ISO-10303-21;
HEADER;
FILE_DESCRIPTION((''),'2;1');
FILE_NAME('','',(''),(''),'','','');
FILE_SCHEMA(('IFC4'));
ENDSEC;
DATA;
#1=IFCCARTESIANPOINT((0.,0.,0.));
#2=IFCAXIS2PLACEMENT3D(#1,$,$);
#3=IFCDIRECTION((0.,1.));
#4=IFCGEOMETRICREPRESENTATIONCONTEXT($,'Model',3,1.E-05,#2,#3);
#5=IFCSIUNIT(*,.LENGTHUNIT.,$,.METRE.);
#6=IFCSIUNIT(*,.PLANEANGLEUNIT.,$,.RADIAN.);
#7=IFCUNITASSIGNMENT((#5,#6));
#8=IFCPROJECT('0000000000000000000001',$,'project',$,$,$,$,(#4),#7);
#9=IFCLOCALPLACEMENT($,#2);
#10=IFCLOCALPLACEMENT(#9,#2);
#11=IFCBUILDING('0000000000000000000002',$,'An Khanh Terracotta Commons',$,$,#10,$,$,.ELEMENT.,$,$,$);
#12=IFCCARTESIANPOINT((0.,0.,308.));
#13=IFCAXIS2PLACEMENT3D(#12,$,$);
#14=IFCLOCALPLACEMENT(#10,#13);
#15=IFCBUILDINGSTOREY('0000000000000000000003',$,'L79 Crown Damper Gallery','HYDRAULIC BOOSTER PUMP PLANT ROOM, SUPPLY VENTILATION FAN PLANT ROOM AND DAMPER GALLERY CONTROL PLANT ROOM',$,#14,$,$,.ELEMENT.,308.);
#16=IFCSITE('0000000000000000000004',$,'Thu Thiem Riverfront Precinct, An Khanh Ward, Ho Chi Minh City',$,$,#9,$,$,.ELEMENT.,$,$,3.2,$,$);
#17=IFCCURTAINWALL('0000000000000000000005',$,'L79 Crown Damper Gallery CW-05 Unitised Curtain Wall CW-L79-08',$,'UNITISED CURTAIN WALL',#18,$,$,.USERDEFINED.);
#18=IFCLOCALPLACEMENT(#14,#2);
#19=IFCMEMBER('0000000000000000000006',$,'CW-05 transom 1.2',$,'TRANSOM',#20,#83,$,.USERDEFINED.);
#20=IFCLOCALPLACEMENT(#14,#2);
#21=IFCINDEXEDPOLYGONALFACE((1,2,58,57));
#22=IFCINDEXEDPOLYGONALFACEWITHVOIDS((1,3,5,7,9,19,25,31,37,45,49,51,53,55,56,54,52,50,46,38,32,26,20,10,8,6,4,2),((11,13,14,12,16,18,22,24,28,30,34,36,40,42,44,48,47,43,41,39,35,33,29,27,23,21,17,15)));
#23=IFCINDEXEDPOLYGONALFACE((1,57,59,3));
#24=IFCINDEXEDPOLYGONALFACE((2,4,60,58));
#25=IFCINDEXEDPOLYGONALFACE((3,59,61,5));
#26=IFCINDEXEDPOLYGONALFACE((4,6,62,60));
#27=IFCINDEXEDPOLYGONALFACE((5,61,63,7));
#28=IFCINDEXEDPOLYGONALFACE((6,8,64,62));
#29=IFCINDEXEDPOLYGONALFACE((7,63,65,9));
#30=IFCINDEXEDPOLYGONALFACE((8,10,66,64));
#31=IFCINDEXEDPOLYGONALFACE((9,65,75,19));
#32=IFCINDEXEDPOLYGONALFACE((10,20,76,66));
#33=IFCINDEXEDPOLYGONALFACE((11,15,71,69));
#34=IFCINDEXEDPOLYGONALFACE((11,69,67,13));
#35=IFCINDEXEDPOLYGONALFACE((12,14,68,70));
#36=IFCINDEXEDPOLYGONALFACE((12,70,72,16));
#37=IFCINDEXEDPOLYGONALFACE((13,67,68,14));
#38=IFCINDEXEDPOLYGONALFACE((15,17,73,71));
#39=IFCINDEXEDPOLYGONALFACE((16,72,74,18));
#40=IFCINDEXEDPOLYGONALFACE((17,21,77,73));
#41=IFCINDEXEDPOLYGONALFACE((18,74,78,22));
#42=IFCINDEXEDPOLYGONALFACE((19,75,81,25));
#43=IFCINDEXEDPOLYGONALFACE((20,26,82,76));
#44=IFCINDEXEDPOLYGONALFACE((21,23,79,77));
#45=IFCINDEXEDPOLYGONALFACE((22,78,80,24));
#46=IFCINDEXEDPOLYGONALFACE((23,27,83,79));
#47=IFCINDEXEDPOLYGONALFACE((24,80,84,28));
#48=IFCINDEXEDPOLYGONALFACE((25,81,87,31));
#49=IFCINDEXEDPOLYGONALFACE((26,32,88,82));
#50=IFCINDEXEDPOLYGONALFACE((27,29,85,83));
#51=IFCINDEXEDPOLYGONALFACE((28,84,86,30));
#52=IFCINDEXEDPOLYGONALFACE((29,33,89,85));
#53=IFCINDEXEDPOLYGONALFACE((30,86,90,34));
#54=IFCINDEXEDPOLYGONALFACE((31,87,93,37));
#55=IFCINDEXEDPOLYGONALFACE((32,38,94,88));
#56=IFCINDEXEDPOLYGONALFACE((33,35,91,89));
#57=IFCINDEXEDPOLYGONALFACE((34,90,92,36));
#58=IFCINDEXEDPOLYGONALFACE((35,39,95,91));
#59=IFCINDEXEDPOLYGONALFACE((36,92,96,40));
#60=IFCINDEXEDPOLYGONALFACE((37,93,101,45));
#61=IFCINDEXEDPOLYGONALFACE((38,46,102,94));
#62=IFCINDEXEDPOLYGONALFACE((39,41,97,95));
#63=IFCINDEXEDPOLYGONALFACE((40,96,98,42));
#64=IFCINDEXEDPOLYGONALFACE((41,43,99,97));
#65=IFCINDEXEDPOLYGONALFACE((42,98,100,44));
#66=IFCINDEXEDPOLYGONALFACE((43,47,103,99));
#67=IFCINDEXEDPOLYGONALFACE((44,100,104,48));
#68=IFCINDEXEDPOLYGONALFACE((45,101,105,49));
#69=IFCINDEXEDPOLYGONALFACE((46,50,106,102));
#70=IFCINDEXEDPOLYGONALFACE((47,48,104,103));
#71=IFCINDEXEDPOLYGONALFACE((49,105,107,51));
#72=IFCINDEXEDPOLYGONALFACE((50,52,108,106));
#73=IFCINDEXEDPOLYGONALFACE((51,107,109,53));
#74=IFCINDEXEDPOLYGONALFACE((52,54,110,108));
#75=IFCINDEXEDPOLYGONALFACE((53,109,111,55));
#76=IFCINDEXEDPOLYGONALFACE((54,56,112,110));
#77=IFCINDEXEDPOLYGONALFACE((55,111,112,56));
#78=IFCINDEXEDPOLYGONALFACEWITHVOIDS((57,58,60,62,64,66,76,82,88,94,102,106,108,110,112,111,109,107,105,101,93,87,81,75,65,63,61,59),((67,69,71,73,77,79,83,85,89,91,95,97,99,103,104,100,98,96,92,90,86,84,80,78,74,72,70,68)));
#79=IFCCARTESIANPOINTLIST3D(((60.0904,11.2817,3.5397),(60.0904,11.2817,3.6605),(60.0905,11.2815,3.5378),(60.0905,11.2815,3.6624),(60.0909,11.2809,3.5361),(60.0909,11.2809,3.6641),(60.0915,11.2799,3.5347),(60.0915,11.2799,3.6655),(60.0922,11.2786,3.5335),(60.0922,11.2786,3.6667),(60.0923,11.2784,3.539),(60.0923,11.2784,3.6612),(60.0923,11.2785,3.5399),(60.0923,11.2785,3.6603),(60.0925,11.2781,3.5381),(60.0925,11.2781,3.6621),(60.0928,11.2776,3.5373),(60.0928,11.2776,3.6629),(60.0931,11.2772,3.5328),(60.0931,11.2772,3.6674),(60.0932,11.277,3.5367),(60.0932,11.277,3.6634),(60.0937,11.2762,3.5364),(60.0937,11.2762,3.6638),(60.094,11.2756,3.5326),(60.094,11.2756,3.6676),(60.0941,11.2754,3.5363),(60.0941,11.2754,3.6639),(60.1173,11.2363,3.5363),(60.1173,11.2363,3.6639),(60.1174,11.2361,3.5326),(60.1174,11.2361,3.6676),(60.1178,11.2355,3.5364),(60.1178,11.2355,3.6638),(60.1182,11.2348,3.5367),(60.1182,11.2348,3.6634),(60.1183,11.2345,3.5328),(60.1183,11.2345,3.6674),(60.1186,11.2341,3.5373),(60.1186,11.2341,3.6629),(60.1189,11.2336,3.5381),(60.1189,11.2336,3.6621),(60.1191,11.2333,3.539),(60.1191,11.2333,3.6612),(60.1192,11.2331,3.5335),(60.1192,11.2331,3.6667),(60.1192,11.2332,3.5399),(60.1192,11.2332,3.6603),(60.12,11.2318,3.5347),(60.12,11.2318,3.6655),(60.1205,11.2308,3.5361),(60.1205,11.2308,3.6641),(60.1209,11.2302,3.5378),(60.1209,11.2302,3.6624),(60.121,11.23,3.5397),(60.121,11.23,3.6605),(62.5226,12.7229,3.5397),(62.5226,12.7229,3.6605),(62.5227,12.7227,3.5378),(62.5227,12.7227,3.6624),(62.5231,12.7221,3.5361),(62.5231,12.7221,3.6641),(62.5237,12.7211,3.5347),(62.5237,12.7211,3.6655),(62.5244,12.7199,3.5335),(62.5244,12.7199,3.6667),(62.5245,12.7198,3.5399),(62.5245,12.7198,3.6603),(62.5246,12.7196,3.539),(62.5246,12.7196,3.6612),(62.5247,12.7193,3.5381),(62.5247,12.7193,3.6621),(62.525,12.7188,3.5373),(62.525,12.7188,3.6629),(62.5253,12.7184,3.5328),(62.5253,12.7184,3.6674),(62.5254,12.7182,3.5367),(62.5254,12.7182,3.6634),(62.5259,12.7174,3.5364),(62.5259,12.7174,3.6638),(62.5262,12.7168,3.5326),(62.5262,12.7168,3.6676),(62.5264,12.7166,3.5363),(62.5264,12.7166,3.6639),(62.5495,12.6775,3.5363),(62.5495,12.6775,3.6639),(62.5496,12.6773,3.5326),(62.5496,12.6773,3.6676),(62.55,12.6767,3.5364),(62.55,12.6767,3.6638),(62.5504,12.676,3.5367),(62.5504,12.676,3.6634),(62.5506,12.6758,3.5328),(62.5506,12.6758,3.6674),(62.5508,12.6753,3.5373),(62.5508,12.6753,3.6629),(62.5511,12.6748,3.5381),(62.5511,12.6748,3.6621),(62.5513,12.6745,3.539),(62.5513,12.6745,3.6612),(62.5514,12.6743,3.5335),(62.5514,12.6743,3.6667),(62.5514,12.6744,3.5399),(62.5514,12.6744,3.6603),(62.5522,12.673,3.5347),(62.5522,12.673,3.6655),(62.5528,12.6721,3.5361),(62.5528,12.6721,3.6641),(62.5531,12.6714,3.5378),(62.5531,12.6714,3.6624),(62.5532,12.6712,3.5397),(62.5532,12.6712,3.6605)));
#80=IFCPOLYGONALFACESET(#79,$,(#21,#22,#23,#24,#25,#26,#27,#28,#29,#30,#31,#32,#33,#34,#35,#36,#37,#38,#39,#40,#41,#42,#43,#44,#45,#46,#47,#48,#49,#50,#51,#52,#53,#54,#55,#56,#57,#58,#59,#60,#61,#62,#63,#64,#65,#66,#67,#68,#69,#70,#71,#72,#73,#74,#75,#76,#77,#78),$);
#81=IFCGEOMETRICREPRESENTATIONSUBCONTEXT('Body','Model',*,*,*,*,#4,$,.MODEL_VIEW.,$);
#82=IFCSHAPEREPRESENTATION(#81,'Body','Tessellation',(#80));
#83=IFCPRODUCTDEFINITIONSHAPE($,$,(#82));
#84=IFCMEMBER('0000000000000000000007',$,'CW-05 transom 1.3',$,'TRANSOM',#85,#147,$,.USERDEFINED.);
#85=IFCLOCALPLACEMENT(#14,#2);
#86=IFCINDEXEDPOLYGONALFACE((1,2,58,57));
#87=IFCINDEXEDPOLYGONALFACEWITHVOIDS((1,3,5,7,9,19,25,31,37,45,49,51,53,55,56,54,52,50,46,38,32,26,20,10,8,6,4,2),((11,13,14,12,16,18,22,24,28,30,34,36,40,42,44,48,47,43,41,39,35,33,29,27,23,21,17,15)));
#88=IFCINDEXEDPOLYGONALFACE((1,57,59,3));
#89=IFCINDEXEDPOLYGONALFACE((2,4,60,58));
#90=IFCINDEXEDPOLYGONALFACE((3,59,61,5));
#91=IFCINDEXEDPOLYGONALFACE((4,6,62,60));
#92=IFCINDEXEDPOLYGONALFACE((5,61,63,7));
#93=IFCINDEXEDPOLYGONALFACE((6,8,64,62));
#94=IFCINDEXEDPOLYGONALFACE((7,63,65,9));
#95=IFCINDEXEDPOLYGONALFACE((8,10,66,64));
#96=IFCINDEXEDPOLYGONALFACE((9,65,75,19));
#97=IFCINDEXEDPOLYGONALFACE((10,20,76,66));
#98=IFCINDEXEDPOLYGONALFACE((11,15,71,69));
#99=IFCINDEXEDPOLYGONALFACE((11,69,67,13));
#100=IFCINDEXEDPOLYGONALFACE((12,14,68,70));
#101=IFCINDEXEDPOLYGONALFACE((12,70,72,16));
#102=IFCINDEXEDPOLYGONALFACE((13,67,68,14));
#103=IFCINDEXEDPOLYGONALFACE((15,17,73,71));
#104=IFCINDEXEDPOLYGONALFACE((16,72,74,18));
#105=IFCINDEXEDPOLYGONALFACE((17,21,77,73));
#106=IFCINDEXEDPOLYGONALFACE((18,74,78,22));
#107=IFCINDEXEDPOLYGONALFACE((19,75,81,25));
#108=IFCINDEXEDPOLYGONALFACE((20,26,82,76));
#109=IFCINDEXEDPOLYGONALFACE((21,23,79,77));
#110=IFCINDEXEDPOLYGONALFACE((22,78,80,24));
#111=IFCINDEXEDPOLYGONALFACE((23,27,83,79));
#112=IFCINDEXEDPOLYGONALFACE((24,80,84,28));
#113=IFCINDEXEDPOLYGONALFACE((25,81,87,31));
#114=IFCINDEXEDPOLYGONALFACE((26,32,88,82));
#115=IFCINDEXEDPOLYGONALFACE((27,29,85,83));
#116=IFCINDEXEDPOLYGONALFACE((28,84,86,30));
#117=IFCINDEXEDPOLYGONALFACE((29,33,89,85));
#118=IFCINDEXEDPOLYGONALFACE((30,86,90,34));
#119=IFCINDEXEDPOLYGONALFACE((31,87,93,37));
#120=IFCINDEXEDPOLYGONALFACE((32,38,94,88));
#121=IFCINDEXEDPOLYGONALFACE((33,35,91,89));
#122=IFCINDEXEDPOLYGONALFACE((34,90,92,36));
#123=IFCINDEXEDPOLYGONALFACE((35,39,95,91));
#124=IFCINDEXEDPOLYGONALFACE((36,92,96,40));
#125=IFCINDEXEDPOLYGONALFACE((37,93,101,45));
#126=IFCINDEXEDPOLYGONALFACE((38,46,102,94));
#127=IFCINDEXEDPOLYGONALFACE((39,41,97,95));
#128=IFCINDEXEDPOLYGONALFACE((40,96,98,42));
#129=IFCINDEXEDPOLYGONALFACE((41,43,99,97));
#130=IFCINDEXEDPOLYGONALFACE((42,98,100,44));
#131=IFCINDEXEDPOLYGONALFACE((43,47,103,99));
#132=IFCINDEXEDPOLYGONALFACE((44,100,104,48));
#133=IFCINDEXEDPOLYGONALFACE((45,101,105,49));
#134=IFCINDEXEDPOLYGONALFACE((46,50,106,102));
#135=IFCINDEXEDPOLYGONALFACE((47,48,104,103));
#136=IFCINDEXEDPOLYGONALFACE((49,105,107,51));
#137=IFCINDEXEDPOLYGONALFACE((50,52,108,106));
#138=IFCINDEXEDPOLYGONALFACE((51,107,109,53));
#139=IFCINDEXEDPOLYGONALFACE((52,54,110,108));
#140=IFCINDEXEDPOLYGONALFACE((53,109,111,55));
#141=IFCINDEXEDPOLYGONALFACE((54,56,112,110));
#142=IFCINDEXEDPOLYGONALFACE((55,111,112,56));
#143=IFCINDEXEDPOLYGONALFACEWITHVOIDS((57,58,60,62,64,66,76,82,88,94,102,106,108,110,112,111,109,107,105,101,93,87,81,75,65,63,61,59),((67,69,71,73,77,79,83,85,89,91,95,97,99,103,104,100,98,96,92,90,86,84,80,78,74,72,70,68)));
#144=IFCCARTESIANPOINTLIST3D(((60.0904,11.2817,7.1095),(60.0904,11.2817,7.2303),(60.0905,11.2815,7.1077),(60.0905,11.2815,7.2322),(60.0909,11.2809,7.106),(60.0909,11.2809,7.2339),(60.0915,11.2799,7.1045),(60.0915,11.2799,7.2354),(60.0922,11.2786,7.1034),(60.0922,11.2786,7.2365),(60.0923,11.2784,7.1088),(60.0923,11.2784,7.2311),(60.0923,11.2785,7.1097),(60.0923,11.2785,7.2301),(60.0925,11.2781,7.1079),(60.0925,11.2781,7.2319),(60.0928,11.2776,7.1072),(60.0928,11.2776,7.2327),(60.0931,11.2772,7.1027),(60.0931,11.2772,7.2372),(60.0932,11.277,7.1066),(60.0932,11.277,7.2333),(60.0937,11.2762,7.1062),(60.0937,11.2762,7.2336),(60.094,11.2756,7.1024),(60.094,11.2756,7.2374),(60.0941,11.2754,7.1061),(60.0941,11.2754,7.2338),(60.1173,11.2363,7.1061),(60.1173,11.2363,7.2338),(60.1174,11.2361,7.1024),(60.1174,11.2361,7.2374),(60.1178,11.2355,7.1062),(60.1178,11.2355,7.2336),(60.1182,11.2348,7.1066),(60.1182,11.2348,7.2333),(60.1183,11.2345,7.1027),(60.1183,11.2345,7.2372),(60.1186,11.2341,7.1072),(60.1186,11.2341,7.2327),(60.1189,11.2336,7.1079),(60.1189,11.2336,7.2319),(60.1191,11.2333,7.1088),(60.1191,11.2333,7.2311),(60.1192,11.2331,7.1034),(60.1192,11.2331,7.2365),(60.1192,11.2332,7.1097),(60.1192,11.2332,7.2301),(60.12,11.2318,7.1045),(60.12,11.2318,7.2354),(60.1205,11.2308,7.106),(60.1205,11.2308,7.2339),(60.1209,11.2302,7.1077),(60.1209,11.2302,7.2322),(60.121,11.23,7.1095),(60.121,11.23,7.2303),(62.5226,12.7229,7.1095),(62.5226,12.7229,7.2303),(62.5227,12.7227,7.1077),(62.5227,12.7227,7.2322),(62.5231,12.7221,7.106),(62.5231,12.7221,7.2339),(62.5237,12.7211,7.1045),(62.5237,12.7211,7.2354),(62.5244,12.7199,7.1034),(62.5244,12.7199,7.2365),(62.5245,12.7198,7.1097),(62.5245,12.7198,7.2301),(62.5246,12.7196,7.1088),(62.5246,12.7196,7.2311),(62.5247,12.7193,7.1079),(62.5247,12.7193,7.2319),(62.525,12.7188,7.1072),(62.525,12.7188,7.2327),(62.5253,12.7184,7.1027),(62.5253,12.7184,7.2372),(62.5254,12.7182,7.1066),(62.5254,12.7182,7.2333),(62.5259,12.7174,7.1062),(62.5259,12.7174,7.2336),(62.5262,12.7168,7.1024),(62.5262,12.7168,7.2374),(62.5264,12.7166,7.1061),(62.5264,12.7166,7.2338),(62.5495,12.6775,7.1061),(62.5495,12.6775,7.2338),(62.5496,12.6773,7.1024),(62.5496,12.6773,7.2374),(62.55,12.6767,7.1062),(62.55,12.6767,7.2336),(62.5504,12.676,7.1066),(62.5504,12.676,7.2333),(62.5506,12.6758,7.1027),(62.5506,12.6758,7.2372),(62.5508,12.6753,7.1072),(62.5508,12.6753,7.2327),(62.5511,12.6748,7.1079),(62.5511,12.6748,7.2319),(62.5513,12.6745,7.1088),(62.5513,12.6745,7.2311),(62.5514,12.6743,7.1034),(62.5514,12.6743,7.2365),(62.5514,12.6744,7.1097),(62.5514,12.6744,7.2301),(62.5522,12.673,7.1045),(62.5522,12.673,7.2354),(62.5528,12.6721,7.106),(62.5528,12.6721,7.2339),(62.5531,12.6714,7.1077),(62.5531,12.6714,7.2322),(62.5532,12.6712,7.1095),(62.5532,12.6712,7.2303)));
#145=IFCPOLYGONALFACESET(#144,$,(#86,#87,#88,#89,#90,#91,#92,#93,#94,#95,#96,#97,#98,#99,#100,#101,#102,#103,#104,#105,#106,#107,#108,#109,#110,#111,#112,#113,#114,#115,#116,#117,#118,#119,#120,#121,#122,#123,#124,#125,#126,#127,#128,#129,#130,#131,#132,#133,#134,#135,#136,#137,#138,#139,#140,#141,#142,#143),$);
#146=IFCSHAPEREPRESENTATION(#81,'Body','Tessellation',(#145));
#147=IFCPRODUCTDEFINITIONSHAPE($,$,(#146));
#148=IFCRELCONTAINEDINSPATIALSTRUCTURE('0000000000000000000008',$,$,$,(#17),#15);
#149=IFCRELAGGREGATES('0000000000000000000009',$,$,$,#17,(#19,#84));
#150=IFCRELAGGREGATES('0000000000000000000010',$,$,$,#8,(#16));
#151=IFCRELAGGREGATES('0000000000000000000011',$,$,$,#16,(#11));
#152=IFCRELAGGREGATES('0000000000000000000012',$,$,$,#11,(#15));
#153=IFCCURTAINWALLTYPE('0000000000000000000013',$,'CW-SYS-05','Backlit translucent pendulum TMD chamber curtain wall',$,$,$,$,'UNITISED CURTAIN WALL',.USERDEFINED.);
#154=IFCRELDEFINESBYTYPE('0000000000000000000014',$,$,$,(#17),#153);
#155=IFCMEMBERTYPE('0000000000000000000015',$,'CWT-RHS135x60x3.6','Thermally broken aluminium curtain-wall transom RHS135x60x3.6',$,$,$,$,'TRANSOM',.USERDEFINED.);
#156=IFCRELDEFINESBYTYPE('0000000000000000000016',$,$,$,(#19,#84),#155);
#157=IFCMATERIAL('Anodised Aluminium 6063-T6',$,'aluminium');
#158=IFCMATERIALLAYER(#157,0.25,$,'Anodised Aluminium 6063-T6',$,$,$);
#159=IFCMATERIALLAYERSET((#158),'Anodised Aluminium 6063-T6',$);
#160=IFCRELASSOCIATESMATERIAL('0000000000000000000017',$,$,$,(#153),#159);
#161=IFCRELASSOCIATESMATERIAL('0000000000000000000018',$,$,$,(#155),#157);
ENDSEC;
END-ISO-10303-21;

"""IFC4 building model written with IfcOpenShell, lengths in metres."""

from ifc_helpers import new_model, si_unit, direction, frame, origin, origin_2d, place, context, subcontext, project, spatial, hollow_rectangle, extrude, material, layer, layer_set, material_profile, profile_set, type_object, element, aggregate, save


model = new_model("IFC4")

# Units and contexts
model_context = context("Model", 3, precision=1e-05, world=origin(), true_north=direction((0.0, 1.0)))
body_context = subcontext(model_context, "Body", "Model", "MODEL_VIEW")
ifc_project = project(units=[si_unit("LENGTHUNIT", "METRE"), si_unit("PLANEANGLEUNIT", "RADIAN")], contexts=[model_context])

# Site, building, storey
site_placement = place(None, origin())
site = spatial("IfcSite", under=ifc_project, at=site_placement, Name="Thu Thiem Riverfront Precinct, An Khanh Ward, Ho Chi Minh City", CompositionType="ELEMENT", RefElevation=3.2)
building_placement = place(site_placement, origin())
building = spatial("IfcBuilding", under=site, at=building_placement, Name="An Khanh Terracotta Commons", CompositionType="ELEMENT")
storey_placement = place(building_placement, frame((0.0, 0.0, 308.0)))
storey = spatial("IfcBuildingStorey", under=building, at=storey_placement, Name="L79 Crown Damper Gallery", Description="HYDRAULIC BOOSTER PUMP PLANT ROOM, SUPPLY VENTILATION FAN PLANT ROOM AND DAMPER GALLERY CONTROL PLANT ROOM", CompositionType="ELEMENT", Elevation=308.0)

# Curtain wall, members
ifc_material_1 = material(Name="Anodised Aluminium 6063-T6", Category="aluminium")
ifc_layer_1 = layer(ifc_material_1, 0.25, Name="Anodised Aluminium 6063-T6")
ifc_layer_set_1 = layer_set([ifc_layer_1], Name="Anodised Aluminium 6063-T6")
curtain_wall_type = type_object("IfcCurtainWallType", Name="CW-SYS-05", Description="Backlit translucent pendulum TMD chamber curtain wall", ElementType="UNITISED CURTAIN WALL", PredefinedType="USERDEFINED", material=ifc_layer_set_1)
curtain_wall_placement = place(storey_placement, origin())
curtain_wall = element("IfcCurtainWall", 1, at=curtain_wall_placement, inside=storey, type_object=curtain_wall_type, Name="L79 Crown Damper Gallery CW-05 Unitised Curtain Wall CW-L79-08", ObjectType="UNITISED CURTAIN WALL", PredefinedType="USERDEFINED")
ifc_material_profile_1 = material_profile(ifc_material_1, hollow_rectangle(XDim=0.0601, YDim=0.135, WallThickness=0.0037, InnerFilletRadius=0.0037, OuterFilletRadius=0.0071, at=origin_2d()), Name="RHS135x60x3.6")
ifc_profile_set_1 = profile_set([ifc_material_profile_1], Name="Anodised Aluminium 6063-T6")
member_type_1 = type_object("IfcMemberType", Name="CWT-RHS135x60x3.6", Description="Thermally broken aluminium curtain-wall transom RHS135x60x3.6", ElementType="TRANSOM", PredefinedType="USERDEFINED", material=ifc_profile_set_1)
member_1_placement = place(storey_placement, frame((60.1057, 11.2559, 3.6001), z_axis=(0.860307, 0.509776, 0.0), x_axis=(-0.509776, 0.860307, 0.0)))
member_1 = element("IfcMember", 2, at=member_1_placement, type_object=member_type_1, Name="CW-05 transom 1.2", ObjectType="TRANSOM", PredefinedType="USERDEFINED", context=body_context, shape_type="SweptSolid", body=[
    extrude(hollow_rectangle(XDim=0.0601, YDim=0.135, WallThickness=0.0037, InnerFilletRadius=0.0037, OuterFilletRadius=0.0071, at=origin_2d()), origin(), (0.0, 0.0, 1.0), 2.8271),
])
member_2_placement = place(storey_placement, frame((60.1057, 11.2559, 7.1699), z_axis=(0.860307, 0.509776, 0.0), x_axis=(-0.509776, 0.860307, 0.0)))
member_2 = element("IfcMember", 3, at=member_2_placement, type_object=member_type_1, Name="CW-05 transom 1.3", ObjectType="TRANSOM", PredefinedType="USERDEFINED", context=body_context, shape_type="SweptSolid", body=[
    extrude(hollow_rectangle(XDim=0.0601, YDim=0.135, WallThickness=0.0037, InnerFilletRadius=0.0037, OuterFilletRadius=0.0071, at=origin_2d()), origin(), (0.0, 0.0, 1.0), 2.8271),
])
aggregate(curtain_wall, [member_1, member_2])

save(model, "model.ifc")
